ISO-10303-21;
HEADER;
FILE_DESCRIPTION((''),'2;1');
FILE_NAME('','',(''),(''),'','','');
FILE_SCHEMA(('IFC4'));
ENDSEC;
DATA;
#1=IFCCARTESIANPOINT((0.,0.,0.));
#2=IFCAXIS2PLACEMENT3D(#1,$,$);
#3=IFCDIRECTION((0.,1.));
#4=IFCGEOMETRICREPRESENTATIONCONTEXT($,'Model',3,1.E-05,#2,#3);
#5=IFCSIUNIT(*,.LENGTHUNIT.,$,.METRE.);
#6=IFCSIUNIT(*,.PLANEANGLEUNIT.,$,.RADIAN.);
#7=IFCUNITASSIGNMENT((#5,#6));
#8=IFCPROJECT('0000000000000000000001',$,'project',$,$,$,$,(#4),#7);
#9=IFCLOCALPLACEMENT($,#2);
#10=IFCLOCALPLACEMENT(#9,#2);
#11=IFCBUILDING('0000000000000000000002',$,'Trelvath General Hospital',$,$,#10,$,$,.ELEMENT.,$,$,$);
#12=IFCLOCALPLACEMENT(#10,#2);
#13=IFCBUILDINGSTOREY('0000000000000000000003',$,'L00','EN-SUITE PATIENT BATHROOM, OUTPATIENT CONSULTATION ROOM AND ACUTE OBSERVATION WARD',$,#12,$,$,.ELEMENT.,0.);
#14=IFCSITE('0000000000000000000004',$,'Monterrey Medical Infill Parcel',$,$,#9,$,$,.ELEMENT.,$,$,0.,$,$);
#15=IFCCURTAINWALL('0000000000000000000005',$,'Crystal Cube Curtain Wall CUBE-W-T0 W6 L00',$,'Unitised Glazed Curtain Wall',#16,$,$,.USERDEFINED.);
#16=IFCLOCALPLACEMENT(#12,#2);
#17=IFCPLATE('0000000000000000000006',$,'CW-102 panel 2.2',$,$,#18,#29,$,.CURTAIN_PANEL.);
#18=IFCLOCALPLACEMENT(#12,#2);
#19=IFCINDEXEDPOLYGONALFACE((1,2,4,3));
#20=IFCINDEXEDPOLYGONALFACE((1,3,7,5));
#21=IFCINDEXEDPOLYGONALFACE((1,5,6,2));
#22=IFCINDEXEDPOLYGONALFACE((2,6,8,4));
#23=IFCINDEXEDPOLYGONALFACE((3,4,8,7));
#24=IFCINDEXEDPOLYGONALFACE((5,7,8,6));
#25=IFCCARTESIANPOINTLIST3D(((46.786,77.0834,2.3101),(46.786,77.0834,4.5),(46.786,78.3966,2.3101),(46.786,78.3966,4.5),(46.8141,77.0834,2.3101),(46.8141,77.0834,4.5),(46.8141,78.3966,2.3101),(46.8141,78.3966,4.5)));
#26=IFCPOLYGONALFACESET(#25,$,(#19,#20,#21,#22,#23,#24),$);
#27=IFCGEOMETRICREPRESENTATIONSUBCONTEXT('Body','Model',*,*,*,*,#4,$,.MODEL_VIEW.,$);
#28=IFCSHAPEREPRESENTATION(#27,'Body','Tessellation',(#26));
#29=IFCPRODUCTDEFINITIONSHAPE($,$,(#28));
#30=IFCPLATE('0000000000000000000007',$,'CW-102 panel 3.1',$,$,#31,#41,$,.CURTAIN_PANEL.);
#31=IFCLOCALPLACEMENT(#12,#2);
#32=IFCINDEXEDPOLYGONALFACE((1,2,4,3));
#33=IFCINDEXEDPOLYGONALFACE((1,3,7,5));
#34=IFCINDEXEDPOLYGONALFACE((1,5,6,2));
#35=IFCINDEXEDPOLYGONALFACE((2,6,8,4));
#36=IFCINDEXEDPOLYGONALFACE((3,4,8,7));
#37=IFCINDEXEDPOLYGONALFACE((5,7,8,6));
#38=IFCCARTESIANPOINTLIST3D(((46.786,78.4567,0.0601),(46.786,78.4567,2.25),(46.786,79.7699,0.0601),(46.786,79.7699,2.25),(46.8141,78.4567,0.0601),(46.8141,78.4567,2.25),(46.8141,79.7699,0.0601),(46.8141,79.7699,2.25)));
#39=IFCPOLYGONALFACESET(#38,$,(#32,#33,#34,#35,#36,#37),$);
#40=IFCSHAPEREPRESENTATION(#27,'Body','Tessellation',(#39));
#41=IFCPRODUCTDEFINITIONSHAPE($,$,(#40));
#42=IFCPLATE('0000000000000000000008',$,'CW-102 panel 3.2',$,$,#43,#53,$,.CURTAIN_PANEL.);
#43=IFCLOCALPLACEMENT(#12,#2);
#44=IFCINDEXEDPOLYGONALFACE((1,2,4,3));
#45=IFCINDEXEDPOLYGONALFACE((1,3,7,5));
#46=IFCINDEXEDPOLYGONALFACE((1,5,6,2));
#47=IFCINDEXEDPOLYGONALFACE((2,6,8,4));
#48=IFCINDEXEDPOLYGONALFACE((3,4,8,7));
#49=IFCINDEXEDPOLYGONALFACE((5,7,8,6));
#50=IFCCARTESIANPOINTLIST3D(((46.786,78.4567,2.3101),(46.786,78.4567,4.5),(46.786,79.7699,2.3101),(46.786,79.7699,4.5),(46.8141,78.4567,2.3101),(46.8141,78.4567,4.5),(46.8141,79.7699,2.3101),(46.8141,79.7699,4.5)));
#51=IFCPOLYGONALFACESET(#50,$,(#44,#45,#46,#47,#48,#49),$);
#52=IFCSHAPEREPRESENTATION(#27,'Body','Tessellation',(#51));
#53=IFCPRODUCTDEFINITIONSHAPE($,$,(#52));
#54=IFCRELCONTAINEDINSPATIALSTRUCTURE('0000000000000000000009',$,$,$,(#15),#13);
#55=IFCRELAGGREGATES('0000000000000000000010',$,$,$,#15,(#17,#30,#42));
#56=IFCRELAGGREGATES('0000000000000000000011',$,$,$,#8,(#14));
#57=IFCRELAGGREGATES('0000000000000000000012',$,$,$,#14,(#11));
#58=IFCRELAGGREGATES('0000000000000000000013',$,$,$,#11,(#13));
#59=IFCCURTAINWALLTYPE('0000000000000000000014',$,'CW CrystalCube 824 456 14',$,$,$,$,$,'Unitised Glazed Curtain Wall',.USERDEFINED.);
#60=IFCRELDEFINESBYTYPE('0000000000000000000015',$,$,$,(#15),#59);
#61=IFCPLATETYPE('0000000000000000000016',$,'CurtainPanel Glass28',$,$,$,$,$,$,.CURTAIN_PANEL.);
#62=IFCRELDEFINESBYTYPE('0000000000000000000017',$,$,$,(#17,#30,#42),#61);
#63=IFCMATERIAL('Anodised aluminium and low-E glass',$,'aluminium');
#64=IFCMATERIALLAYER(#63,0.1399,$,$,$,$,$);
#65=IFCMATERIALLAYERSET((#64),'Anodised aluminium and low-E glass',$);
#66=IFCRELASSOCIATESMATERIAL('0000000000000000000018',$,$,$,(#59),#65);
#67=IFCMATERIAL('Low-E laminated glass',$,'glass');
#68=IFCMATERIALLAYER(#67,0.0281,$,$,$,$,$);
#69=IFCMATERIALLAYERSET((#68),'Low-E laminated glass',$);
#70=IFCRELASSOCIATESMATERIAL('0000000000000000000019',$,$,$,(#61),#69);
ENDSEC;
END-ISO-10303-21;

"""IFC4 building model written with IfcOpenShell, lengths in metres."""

from ifc_helpers import new_model, si_unit, direction, frame, origin, origin_2d, place, context, subcontext, project, spatial, rectangle, extrude, material, layer, layer_set, type_object, element, aggregate, save


model = new_model("IFC4")

# Units and contexts
model_context = context("Model", 3, precision=1e-05, world=origin(), true_north=direction((0.0, 1.0)))
body_context = subcontext(model_context, "Body", "Model", "MODEL_VIEW")
ifc_project = project(units=[si_unit("LENGTHUNIT", "METRE"), si_unit("PLANEANGLEUNIT", "RADIAN")], contexts=[model_context])

# Site, building, storey
site_placement = place(None, origin())
site = spatial("IfcSite", under=ifc_project, at=site_placement, Name="Monterrey Medical Infill Parcel", CompositionType="ELEMENT", RefElevation=0.0)
building_placement = place(site_placement, origin())
building = spatial("IfcBuilding", under=site, at=building_placement, Name="Trelvath General Hospital", CompositionType="ELEMENT")
storey_placement = place(building_placement, origin())
storey = spatial("IfcBuildingStorey", under=building, at=storey_placement, Name="L00", Description="EN-SUITE PATIENT BATHROOM, OUTPATIENT CONSULTATION ROOM AND ACUTE OBSERVATION WARD", CompositionType="ELEMENT", Elevation=0.0)

# Curtain wall, plates
ifc_material_1 = material(Name="Anodised aluminium and low-E glass", Category="aluminium")
ifc_layer_1 = layer(ifc_material_1, 0.1399)
ifc_layer_set_1 = layer_set([ifc_layer_1], Name="Anodised aluminium and low-E glass")
curtain_wall_type = type_object("IfcCurtainWallType", Name="CW CrystalCube 824 456 14", ElementType="Unitised Glazed Curtain Wall", PredefinedType="USERDEFINED", material=ifc_layer_set_1)
curtain_wall_placement = place(storey_placement, origin())
curtain_wall = element("IfcCurtainWall", 1, at=curtain_wall_placement, inside=storey, type_object=curtain_wall_type, Name="Crystal Cube Curtain Wall CUBE-W-T0 W6 L00", ObjectType="Unitised Glazed Curtain Wall", PredefinedType="USERDEFINED")
ifc_material_2 = material(Name="Low-E laminated glass", Category="glass")
ifc_layer_2 = layer(ifc_material_2, 0.0281)
ifc_layer_set_2 = layer_set([ifc_layer_2], Name="Low-E laminated glass")
plate_type = type_object("IfcPlateType", Name="CurtainPanel Glass28", PredefinedType="CURTAIN_PANEL", material=ifc_layer_set_2)
plate_1_placement = place(storey_placement, frame((46.8, 77.74, 2.3101), z_axis=(0.0, 0.0, 1.0), x_axis=(0.0, 1.0, 0.0)))
plate_1 = element("IfcPlate", 2, at=plate_1_placement, type_object=plate_type, Name="CW-102 panel 2.2", PredefinedType="CURTAIN_PANEL", context=body_context, shape_type="SweptSolid", body=[
    extrude(rectangle(XDim=1.3132, YDim=0.0281, at=origin_2d()), origin(), (0.0, 0.0, 1.0), 2.1899),
])
plate_2_placement = place(storey_placement, frame((46.8, 79.1133, 0.0601), z_axis=(0.0, 0.0, 1.0), x_axis=(0.0, 1.0, 0.0)))
plate_2 = element("IfcPlate", 3, at=plate_2_placement, type_object=plate_type, Name="CW-102 panel 3.1", PredefinedType="CURTAIN_PANEL", context=body_context, shape_type="SweptSolid", body=[
    extrude(rectangle(XDim=1.3132, YDim=0.0281, at=origin_2d()), origin(), (0.0, 0.0, 1.0), 2.1899),
])
plate_3_placement = place(storey_placement, frame((46.8, 79.1133, 2.3101), z_axis=(0.0, 0.0, 1.0), x_axis=(0.0, 1.0, 0.0)))
plate_3 = element("IfcPlate", 4, at=plate_3_placement, type_object=plate_type, Name="CW-102 panel 3.2", PredefinedType="CURTAIN_PANEL", context=body_context, shape_type="SweptSolid", body=[
    extrude(rectangle(XDim=1.3132, YDim=0.0281, at=origin_2d()), origin(), (0.0, 0.0, 1.0), 2.1899),
])
aggregate(curtain_wall, [plate_1, plate_2, plate_3])

save(model, "model.ifc")
